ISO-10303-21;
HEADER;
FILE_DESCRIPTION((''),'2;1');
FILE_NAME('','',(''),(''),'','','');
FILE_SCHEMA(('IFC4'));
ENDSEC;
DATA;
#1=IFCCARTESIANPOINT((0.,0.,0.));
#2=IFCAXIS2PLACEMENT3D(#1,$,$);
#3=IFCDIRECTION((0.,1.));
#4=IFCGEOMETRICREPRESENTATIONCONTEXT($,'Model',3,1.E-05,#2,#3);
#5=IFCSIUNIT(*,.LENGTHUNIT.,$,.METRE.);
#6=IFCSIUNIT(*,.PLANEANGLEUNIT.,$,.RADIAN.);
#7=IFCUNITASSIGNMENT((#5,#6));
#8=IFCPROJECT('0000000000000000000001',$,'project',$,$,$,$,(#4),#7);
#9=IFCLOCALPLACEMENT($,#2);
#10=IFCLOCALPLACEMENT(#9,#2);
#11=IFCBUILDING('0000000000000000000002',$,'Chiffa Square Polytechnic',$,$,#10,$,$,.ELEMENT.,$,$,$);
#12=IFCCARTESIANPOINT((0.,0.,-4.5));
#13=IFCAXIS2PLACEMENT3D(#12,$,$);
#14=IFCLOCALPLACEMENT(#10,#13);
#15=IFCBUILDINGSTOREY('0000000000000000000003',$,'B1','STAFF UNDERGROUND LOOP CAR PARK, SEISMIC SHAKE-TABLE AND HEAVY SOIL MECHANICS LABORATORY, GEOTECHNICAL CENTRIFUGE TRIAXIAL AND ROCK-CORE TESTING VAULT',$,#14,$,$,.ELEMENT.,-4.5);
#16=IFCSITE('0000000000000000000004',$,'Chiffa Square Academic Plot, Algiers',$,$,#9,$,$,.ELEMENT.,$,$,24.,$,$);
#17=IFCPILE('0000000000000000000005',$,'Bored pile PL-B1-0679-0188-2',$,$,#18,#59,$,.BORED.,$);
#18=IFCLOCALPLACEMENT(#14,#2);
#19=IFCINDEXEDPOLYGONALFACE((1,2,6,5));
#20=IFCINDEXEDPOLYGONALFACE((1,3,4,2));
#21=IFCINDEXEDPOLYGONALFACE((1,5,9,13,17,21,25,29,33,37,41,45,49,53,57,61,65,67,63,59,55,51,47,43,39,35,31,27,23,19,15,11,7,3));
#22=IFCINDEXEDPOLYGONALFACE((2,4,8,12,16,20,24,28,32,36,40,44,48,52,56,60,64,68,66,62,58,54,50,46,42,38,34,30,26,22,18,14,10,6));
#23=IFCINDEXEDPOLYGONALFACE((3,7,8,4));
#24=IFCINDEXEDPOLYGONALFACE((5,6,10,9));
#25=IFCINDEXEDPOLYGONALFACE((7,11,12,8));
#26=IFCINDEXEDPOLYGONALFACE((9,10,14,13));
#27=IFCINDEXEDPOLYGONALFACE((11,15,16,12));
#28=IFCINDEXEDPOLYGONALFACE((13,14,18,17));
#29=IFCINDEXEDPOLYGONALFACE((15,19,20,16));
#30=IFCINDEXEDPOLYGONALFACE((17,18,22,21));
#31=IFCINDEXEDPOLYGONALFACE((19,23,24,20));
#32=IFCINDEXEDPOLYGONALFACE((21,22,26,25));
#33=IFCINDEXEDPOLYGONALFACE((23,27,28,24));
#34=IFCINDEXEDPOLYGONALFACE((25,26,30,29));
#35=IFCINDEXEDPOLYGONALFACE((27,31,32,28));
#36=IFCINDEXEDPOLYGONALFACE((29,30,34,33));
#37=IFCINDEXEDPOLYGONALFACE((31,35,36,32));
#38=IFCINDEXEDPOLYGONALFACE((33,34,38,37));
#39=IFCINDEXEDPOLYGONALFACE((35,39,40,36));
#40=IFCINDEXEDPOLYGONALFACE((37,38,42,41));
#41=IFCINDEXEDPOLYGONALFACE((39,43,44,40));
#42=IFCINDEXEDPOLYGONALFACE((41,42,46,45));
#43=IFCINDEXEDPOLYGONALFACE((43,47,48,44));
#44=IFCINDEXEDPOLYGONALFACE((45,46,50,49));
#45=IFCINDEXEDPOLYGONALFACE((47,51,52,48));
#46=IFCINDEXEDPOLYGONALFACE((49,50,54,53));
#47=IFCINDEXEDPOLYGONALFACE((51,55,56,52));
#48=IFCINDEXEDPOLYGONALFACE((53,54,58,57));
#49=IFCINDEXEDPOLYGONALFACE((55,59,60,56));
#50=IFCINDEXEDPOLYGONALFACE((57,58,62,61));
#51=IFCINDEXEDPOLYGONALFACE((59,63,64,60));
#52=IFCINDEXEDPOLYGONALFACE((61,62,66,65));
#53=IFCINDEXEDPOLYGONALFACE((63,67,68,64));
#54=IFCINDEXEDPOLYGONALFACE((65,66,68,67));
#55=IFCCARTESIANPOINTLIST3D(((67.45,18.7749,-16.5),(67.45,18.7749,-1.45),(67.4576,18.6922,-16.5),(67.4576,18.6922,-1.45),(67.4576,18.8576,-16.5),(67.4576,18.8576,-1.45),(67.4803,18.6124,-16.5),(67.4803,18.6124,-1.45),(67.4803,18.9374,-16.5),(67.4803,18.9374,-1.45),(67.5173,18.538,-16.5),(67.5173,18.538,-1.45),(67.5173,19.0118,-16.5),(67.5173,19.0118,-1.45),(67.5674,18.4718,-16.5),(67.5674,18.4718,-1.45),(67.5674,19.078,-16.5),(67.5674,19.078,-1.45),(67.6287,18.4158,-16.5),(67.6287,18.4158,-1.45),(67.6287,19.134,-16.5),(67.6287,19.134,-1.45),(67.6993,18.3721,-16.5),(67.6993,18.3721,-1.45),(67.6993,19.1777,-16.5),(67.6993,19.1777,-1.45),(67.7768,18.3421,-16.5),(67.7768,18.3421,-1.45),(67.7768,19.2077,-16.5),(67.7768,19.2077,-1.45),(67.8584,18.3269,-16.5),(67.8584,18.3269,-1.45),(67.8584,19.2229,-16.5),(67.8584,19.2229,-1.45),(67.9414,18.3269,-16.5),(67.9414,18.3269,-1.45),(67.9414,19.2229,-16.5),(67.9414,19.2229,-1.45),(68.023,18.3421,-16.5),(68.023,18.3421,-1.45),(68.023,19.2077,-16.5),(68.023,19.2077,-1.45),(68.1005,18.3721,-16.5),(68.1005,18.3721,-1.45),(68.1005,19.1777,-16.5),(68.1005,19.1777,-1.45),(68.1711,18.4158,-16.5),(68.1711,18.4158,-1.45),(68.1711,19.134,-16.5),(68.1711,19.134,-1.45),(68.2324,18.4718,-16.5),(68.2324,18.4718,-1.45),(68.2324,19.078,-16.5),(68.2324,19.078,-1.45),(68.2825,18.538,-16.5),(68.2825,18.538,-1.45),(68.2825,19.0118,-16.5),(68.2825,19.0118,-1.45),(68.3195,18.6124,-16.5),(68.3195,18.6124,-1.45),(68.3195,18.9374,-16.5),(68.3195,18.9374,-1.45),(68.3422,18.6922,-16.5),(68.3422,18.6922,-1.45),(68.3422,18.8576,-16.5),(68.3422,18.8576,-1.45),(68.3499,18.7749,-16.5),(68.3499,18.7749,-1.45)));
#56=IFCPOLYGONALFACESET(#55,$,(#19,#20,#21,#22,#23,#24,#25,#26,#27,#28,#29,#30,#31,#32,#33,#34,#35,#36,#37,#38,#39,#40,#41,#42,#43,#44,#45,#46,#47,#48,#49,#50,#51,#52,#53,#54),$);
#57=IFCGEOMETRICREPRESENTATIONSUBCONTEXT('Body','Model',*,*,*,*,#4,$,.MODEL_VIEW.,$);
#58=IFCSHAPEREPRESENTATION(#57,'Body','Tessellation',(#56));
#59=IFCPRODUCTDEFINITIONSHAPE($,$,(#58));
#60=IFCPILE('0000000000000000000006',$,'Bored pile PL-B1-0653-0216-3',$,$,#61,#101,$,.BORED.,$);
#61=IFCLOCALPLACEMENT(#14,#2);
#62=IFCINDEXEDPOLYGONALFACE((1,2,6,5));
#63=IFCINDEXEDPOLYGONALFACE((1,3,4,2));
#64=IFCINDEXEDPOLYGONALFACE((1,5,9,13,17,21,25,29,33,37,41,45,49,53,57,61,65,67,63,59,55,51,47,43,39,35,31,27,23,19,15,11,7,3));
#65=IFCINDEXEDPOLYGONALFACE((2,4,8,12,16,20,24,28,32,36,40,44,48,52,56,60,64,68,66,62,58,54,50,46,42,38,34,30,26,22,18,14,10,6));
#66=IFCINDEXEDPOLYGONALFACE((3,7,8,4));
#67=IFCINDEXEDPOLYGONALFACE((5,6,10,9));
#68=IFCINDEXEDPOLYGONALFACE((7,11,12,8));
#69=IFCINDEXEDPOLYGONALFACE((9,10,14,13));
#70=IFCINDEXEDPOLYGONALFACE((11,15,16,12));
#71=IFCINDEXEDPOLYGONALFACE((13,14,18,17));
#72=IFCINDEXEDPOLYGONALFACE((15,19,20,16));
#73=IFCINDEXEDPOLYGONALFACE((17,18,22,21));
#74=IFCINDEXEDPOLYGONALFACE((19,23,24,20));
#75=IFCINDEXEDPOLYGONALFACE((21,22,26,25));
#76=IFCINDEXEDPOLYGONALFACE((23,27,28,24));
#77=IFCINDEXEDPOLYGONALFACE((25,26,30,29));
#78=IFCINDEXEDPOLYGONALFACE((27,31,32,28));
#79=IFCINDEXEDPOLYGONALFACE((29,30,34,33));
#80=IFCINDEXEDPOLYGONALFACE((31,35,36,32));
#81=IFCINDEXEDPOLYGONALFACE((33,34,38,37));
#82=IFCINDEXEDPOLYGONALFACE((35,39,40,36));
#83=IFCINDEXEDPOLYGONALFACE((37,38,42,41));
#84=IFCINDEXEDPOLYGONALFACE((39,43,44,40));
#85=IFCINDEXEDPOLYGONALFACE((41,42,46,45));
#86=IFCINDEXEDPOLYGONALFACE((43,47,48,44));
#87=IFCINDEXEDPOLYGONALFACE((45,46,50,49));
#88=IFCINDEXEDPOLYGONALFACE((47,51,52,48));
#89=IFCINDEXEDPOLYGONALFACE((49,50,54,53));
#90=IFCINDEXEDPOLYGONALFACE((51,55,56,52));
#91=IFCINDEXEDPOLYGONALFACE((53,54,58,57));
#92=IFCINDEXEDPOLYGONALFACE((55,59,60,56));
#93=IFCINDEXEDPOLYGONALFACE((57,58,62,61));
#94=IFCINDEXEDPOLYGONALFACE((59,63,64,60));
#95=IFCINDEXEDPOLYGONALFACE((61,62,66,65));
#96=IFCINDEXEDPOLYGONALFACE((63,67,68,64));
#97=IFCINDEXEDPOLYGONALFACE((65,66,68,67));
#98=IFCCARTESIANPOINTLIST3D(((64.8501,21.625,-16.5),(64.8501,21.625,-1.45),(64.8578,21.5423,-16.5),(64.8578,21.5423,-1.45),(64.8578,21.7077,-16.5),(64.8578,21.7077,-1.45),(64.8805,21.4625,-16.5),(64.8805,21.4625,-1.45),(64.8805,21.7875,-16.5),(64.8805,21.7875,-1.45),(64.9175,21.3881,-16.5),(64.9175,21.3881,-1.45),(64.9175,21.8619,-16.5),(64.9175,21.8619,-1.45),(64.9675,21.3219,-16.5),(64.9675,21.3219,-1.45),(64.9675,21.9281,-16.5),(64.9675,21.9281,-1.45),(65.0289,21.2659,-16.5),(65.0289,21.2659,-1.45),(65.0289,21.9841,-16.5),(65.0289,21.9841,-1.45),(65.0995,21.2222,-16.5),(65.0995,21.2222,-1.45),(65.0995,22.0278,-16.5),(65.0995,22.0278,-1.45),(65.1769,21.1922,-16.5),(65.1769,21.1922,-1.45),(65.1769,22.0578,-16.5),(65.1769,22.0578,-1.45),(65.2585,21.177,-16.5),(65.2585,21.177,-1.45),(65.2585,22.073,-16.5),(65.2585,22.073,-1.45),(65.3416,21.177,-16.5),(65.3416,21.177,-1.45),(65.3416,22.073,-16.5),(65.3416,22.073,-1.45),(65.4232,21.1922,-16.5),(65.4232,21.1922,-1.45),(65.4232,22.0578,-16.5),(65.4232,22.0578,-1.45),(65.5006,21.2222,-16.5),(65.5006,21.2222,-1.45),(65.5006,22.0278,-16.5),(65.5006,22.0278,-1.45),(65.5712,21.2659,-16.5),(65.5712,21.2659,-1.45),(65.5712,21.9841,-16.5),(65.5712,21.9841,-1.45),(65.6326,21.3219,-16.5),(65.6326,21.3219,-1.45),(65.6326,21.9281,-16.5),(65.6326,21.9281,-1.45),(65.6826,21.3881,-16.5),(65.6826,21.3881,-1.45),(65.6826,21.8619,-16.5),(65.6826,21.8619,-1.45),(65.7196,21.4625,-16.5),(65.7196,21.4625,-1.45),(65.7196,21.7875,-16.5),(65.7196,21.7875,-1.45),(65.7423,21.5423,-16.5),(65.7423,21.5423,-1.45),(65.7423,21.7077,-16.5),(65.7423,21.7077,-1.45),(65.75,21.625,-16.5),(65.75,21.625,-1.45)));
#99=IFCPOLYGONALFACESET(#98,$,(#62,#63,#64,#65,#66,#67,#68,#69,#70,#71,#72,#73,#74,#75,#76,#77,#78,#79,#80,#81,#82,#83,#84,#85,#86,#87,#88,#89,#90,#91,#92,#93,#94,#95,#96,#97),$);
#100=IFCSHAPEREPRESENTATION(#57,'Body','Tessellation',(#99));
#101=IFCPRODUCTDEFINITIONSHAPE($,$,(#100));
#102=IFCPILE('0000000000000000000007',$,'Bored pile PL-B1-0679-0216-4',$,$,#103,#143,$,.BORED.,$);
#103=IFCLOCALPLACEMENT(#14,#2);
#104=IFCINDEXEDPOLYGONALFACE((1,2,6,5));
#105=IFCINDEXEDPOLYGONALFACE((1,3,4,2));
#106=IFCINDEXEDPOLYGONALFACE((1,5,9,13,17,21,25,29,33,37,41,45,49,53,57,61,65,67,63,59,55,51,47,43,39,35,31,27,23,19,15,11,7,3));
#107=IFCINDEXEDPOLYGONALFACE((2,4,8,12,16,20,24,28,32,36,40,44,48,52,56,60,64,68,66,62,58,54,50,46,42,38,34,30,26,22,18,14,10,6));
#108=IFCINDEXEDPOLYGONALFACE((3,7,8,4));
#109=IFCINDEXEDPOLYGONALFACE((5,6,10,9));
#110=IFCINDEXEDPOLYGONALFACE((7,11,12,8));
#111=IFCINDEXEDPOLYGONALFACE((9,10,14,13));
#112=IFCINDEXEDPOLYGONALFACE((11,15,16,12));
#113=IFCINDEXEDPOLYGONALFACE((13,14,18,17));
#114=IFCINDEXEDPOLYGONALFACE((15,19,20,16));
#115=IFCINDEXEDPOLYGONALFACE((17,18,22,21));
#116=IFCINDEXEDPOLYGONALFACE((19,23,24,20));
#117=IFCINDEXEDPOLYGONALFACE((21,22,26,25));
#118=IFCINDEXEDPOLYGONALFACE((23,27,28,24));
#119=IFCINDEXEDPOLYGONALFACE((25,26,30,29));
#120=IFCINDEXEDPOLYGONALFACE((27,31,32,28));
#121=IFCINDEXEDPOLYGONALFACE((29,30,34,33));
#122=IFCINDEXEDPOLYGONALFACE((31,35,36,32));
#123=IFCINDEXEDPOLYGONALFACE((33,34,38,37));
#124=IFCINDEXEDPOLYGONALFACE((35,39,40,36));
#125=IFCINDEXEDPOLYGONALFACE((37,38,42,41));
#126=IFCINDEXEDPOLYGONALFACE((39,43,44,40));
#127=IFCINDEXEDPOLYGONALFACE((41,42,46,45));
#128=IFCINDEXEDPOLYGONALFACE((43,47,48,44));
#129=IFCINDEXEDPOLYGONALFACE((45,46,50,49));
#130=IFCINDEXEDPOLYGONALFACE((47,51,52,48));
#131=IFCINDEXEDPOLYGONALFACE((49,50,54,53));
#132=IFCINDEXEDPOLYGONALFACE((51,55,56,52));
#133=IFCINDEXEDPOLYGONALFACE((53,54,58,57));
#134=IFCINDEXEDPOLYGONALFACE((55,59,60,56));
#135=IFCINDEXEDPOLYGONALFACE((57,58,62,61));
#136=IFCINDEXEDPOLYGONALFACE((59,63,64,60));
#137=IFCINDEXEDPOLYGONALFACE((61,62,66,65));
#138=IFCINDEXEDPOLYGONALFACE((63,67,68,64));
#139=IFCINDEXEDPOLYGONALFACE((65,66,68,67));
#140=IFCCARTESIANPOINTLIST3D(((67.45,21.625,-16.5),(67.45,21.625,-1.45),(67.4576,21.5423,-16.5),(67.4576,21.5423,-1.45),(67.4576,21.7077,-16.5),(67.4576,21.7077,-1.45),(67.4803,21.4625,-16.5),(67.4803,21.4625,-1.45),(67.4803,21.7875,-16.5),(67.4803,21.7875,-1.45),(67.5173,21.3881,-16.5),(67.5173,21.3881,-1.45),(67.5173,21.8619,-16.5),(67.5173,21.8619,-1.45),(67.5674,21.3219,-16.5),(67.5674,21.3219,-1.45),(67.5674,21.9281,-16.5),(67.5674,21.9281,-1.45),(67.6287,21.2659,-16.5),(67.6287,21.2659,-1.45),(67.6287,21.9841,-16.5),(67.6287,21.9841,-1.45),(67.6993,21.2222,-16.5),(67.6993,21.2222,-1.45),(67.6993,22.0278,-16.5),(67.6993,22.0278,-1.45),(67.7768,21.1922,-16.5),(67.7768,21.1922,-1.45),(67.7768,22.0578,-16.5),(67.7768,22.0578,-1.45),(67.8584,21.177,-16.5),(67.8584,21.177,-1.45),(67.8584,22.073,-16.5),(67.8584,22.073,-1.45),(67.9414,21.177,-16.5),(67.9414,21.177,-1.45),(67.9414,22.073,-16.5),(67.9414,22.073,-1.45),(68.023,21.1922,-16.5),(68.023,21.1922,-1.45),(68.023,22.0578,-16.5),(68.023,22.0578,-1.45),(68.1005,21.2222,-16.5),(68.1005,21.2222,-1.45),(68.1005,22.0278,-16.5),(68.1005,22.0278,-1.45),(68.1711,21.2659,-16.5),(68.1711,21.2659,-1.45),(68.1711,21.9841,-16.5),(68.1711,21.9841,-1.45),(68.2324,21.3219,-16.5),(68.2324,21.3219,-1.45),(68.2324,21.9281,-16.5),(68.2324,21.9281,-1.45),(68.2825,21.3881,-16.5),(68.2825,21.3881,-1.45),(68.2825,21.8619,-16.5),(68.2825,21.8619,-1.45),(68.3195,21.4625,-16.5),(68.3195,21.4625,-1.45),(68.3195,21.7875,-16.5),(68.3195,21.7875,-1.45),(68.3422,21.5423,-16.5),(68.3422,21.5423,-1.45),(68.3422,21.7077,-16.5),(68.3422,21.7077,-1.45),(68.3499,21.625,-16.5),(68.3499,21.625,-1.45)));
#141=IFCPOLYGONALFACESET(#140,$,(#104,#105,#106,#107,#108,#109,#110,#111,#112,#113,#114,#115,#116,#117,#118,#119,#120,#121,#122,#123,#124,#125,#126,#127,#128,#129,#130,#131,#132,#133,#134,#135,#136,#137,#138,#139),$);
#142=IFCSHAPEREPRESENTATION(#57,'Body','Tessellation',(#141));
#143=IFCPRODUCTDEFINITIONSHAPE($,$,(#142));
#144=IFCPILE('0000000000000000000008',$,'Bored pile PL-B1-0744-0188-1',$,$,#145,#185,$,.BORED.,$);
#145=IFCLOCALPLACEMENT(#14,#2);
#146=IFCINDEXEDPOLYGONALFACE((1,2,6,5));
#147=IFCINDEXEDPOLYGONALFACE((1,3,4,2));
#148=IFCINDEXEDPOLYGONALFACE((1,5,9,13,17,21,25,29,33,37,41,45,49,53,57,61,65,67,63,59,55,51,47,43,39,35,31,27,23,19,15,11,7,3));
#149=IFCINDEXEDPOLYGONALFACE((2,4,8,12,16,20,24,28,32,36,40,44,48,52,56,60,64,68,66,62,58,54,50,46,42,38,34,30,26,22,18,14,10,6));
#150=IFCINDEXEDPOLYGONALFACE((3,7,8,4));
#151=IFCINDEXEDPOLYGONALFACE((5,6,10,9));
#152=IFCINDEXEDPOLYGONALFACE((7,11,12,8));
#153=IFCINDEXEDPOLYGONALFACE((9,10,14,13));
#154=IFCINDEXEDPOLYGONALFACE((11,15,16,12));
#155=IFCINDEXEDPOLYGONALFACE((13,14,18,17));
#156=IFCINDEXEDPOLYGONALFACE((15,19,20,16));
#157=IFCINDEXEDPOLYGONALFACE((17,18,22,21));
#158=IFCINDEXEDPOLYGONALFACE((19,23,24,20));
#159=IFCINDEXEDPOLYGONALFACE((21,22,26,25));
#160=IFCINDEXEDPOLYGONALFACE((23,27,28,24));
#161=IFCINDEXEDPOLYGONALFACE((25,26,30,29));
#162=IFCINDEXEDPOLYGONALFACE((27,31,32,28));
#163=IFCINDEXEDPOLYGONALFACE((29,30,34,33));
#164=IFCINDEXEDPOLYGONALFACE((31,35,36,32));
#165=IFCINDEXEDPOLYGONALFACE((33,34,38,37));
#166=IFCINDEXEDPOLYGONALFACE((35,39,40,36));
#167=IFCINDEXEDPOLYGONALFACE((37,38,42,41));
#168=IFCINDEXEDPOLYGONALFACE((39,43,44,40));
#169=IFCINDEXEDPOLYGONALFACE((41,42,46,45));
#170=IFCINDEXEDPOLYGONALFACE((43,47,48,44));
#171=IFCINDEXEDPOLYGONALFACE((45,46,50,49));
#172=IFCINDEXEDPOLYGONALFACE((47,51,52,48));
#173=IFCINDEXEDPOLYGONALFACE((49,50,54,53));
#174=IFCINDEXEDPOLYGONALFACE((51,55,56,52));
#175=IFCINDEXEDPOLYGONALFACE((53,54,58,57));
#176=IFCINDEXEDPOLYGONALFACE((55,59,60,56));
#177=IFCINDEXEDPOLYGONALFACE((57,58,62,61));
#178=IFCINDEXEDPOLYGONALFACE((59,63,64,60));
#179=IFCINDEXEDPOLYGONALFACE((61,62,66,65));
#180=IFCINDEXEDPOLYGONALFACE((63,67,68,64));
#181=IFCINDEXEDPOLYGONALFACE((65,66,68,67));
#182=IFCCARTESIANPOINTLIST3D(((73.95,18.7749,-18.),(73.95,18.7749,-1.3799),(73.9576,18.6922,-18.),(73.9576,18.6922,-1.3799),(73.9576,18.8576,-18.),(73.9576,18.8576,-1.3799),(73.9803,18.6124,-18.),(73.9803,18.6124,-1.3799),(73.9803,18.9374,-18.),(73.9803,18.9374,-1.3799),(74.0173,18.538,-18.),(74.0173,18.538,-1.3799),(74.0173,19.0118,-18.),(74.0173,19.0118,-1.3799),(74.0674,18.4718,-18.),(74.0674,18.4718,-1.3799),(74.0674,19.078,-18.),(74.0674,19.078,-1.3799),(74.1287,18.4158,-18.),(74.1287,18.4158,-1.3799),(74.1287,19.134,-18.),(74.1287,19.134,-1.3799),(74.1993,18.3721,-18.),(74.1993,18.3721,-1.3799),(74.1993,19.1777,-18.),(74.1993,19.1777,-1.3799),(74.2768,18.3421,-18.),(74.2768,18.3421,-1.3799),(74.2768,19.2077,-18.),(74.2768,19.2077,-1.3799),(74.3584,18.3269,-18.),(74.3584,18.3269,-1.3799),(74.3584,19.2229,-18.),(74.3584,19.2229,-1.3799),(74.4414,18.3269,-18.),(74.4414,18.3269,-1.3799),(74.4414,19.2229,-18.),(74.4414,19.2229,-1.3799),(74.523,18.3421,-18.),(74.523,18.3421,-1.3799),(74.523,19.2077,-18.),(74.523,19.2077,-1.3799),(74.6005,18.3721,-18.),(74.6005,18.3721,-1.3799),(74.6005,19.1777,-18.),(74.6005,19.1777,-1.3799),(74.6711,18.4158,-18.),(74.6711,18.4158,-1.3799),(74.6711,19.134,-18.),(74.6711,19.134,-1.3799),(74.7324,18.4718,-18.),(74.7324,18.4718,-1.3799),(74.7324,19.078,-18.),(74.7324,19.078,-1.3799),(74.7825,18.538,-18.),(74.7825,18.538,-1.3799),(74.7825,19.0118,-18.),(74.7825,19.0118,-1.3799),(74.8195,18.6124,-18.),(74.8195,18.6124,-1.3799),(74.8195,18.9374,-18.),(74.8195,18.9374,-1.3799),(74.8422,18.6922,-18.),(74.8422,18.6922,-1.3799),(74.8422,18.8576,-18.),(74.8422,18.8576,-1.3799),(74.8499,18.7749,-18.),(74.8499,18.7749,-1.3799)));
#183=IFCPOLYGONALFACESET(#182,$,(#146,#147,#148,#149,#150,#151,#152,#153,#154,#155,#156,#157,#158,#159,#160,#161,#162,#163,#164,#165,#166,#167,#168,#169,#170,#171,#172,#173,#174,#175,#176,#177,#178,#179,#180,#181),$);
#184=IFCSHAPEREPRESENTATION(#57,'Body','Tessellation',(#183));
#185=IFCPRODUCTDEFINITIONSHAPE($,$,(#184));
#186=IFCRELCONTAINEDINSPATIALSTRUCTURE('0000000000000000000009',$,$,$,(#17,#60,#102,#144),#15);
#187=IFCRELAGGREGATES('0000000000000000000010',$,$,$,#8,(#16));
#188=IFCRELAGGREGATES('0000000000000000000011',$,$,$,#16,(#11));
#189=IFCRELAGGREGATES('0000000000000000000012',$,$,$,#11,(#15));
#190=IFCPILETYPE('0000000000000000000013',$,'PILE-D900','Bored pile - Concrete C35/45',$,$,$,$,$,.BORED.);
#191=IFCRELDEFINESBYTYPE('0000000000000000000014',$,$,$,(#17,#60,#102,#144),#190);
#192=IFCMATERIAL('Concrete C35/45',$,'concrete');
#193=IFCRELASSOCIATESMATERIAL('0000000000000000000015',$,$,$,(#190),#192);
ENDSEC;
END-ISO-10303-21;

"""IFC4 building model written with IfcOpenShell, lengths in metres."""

from ifc_helpers import new_model, si_unit, direction, frame, origin, origin_2d, place, context, subcontext, project, spatial, circle, extrude, material, material_profile, profile_set, type_object, element, save


model = new_model("IFC4")

# Units and contexts
model_context = context("Model", 3, precision=1e-05, world=origin(), true_north=direction((0.0, 1.0)))
body_context = subcontext(model_context, "Body", "Model", "MODEL_VIEW")
ifc_project = project(units=[si_unit("LENGTHUNIT", "METRE"), si_unit("PLANEANGLEUNIT", "RADIAN")], contexts=[model_context])

# Site, building, storey
site_placement = place(None, origin())
site = spatial("IfcSite", under=ifc_project, at=site_placement, Name="Chiffa Square Academic Plot, Algiers", CompositionType="ELEMENT", RefElevation=24.0)
building_placement = place(site_placement, origin())
building = spatial("IfcBuilding", under=site, at=building_placement, Name="Chiffa Square Polytechnic", CompositionType="ELEMENT")
storey_placement = place(building_placement, frame((0.0, 0.0, -4.5)))
storey = spatial("IfcBuildingStorey", under=building, at=storey_placement, Name="B1", Description="STAFF UNDERGROUND LOOP CAR PARK, SEISMIC SHAKE-TABLE AND HEAVY SOIL MECHANICS LABORATORY, GEOTECHNICAL CENTRIFUGE TRIAXIAL AND ROCK-CORE TESTING VAULT", CompositionType="ELEMENT", Elevation=-4.5)

# Shared definitions
ifc_material_1 = material(Name="Concrete C35/45", Category="concrete")

# Piles
ifc_material_profile_1 = material_profile(ifc_material_1, circle(Radius=0.45, at=origin_2d()), Name="PILE D900")
ifc_profile_set_1 = profile_set([ifc_material_profile_1], Name="Concrete C35/45")
pile_type = type_object("IfcPileType", Name="PILE-D900", Description="Bored pile - Concrete C35/45", PredefinedType="BORED", material=ifc_profile_set_1)
for number, where, z_axis, x_axis, name in (
    (1, (67.8999, 18.7749, -1.45), (0.0, 0.0, -1.0), (1.0, 0.0, 0.0), "Bored pile PL-B1-0679-0188-2"),
    (2, (65.3, 21.625, -1.45), (0.0, 0.0, -1.0), (1.0, 0.0, 0.0), "Bored pile PL-B1-0653-0216-3"),
    (3, (67.8999, 21.625, -1.45), (0.0, 0.0, -1.0), (1.0, 0.0, 0.0), "Bored pile PL-B1-0679-0216-4"),
):
    element("IfcPile", number, at=place(storey_placement, frame(where, z_axis=z_axis, x_axis=x_axis)), inside=storey, type_object=pile_type, Name=name, PredefinedType="BORED", context=body_context, shape_type="SweptSolid", body=[
        extrude(circle(Radius=0.45, at=origin_2d()), origin(), (0.0, 0.0, 1.0), 15.05),
    ])
for number, where, z_axis, x_axis, name in (
    (4, (74.3999, 18.7749, -1.3799), (0.0, 0.0, -1.0), (1.0, 0.0, 0.0), "Bored pile PL-B1-0744-0188-1"),
):
    element("IfcPile", number, at=place(storey_placement, frame(where, z_axis=z_axis, x_axis=x_axis)), inside=storey, type_object=pile_type, Name=name, PredefinedType="BORED", context=body_context, shape_type="SweptSolid", body=[
        extrude(circle(Radius=0.45, at=origin_2d()), origin(), (0.0, 0.0, 1.0), 16.6201),
    ])

save(model, "model.ifc")
